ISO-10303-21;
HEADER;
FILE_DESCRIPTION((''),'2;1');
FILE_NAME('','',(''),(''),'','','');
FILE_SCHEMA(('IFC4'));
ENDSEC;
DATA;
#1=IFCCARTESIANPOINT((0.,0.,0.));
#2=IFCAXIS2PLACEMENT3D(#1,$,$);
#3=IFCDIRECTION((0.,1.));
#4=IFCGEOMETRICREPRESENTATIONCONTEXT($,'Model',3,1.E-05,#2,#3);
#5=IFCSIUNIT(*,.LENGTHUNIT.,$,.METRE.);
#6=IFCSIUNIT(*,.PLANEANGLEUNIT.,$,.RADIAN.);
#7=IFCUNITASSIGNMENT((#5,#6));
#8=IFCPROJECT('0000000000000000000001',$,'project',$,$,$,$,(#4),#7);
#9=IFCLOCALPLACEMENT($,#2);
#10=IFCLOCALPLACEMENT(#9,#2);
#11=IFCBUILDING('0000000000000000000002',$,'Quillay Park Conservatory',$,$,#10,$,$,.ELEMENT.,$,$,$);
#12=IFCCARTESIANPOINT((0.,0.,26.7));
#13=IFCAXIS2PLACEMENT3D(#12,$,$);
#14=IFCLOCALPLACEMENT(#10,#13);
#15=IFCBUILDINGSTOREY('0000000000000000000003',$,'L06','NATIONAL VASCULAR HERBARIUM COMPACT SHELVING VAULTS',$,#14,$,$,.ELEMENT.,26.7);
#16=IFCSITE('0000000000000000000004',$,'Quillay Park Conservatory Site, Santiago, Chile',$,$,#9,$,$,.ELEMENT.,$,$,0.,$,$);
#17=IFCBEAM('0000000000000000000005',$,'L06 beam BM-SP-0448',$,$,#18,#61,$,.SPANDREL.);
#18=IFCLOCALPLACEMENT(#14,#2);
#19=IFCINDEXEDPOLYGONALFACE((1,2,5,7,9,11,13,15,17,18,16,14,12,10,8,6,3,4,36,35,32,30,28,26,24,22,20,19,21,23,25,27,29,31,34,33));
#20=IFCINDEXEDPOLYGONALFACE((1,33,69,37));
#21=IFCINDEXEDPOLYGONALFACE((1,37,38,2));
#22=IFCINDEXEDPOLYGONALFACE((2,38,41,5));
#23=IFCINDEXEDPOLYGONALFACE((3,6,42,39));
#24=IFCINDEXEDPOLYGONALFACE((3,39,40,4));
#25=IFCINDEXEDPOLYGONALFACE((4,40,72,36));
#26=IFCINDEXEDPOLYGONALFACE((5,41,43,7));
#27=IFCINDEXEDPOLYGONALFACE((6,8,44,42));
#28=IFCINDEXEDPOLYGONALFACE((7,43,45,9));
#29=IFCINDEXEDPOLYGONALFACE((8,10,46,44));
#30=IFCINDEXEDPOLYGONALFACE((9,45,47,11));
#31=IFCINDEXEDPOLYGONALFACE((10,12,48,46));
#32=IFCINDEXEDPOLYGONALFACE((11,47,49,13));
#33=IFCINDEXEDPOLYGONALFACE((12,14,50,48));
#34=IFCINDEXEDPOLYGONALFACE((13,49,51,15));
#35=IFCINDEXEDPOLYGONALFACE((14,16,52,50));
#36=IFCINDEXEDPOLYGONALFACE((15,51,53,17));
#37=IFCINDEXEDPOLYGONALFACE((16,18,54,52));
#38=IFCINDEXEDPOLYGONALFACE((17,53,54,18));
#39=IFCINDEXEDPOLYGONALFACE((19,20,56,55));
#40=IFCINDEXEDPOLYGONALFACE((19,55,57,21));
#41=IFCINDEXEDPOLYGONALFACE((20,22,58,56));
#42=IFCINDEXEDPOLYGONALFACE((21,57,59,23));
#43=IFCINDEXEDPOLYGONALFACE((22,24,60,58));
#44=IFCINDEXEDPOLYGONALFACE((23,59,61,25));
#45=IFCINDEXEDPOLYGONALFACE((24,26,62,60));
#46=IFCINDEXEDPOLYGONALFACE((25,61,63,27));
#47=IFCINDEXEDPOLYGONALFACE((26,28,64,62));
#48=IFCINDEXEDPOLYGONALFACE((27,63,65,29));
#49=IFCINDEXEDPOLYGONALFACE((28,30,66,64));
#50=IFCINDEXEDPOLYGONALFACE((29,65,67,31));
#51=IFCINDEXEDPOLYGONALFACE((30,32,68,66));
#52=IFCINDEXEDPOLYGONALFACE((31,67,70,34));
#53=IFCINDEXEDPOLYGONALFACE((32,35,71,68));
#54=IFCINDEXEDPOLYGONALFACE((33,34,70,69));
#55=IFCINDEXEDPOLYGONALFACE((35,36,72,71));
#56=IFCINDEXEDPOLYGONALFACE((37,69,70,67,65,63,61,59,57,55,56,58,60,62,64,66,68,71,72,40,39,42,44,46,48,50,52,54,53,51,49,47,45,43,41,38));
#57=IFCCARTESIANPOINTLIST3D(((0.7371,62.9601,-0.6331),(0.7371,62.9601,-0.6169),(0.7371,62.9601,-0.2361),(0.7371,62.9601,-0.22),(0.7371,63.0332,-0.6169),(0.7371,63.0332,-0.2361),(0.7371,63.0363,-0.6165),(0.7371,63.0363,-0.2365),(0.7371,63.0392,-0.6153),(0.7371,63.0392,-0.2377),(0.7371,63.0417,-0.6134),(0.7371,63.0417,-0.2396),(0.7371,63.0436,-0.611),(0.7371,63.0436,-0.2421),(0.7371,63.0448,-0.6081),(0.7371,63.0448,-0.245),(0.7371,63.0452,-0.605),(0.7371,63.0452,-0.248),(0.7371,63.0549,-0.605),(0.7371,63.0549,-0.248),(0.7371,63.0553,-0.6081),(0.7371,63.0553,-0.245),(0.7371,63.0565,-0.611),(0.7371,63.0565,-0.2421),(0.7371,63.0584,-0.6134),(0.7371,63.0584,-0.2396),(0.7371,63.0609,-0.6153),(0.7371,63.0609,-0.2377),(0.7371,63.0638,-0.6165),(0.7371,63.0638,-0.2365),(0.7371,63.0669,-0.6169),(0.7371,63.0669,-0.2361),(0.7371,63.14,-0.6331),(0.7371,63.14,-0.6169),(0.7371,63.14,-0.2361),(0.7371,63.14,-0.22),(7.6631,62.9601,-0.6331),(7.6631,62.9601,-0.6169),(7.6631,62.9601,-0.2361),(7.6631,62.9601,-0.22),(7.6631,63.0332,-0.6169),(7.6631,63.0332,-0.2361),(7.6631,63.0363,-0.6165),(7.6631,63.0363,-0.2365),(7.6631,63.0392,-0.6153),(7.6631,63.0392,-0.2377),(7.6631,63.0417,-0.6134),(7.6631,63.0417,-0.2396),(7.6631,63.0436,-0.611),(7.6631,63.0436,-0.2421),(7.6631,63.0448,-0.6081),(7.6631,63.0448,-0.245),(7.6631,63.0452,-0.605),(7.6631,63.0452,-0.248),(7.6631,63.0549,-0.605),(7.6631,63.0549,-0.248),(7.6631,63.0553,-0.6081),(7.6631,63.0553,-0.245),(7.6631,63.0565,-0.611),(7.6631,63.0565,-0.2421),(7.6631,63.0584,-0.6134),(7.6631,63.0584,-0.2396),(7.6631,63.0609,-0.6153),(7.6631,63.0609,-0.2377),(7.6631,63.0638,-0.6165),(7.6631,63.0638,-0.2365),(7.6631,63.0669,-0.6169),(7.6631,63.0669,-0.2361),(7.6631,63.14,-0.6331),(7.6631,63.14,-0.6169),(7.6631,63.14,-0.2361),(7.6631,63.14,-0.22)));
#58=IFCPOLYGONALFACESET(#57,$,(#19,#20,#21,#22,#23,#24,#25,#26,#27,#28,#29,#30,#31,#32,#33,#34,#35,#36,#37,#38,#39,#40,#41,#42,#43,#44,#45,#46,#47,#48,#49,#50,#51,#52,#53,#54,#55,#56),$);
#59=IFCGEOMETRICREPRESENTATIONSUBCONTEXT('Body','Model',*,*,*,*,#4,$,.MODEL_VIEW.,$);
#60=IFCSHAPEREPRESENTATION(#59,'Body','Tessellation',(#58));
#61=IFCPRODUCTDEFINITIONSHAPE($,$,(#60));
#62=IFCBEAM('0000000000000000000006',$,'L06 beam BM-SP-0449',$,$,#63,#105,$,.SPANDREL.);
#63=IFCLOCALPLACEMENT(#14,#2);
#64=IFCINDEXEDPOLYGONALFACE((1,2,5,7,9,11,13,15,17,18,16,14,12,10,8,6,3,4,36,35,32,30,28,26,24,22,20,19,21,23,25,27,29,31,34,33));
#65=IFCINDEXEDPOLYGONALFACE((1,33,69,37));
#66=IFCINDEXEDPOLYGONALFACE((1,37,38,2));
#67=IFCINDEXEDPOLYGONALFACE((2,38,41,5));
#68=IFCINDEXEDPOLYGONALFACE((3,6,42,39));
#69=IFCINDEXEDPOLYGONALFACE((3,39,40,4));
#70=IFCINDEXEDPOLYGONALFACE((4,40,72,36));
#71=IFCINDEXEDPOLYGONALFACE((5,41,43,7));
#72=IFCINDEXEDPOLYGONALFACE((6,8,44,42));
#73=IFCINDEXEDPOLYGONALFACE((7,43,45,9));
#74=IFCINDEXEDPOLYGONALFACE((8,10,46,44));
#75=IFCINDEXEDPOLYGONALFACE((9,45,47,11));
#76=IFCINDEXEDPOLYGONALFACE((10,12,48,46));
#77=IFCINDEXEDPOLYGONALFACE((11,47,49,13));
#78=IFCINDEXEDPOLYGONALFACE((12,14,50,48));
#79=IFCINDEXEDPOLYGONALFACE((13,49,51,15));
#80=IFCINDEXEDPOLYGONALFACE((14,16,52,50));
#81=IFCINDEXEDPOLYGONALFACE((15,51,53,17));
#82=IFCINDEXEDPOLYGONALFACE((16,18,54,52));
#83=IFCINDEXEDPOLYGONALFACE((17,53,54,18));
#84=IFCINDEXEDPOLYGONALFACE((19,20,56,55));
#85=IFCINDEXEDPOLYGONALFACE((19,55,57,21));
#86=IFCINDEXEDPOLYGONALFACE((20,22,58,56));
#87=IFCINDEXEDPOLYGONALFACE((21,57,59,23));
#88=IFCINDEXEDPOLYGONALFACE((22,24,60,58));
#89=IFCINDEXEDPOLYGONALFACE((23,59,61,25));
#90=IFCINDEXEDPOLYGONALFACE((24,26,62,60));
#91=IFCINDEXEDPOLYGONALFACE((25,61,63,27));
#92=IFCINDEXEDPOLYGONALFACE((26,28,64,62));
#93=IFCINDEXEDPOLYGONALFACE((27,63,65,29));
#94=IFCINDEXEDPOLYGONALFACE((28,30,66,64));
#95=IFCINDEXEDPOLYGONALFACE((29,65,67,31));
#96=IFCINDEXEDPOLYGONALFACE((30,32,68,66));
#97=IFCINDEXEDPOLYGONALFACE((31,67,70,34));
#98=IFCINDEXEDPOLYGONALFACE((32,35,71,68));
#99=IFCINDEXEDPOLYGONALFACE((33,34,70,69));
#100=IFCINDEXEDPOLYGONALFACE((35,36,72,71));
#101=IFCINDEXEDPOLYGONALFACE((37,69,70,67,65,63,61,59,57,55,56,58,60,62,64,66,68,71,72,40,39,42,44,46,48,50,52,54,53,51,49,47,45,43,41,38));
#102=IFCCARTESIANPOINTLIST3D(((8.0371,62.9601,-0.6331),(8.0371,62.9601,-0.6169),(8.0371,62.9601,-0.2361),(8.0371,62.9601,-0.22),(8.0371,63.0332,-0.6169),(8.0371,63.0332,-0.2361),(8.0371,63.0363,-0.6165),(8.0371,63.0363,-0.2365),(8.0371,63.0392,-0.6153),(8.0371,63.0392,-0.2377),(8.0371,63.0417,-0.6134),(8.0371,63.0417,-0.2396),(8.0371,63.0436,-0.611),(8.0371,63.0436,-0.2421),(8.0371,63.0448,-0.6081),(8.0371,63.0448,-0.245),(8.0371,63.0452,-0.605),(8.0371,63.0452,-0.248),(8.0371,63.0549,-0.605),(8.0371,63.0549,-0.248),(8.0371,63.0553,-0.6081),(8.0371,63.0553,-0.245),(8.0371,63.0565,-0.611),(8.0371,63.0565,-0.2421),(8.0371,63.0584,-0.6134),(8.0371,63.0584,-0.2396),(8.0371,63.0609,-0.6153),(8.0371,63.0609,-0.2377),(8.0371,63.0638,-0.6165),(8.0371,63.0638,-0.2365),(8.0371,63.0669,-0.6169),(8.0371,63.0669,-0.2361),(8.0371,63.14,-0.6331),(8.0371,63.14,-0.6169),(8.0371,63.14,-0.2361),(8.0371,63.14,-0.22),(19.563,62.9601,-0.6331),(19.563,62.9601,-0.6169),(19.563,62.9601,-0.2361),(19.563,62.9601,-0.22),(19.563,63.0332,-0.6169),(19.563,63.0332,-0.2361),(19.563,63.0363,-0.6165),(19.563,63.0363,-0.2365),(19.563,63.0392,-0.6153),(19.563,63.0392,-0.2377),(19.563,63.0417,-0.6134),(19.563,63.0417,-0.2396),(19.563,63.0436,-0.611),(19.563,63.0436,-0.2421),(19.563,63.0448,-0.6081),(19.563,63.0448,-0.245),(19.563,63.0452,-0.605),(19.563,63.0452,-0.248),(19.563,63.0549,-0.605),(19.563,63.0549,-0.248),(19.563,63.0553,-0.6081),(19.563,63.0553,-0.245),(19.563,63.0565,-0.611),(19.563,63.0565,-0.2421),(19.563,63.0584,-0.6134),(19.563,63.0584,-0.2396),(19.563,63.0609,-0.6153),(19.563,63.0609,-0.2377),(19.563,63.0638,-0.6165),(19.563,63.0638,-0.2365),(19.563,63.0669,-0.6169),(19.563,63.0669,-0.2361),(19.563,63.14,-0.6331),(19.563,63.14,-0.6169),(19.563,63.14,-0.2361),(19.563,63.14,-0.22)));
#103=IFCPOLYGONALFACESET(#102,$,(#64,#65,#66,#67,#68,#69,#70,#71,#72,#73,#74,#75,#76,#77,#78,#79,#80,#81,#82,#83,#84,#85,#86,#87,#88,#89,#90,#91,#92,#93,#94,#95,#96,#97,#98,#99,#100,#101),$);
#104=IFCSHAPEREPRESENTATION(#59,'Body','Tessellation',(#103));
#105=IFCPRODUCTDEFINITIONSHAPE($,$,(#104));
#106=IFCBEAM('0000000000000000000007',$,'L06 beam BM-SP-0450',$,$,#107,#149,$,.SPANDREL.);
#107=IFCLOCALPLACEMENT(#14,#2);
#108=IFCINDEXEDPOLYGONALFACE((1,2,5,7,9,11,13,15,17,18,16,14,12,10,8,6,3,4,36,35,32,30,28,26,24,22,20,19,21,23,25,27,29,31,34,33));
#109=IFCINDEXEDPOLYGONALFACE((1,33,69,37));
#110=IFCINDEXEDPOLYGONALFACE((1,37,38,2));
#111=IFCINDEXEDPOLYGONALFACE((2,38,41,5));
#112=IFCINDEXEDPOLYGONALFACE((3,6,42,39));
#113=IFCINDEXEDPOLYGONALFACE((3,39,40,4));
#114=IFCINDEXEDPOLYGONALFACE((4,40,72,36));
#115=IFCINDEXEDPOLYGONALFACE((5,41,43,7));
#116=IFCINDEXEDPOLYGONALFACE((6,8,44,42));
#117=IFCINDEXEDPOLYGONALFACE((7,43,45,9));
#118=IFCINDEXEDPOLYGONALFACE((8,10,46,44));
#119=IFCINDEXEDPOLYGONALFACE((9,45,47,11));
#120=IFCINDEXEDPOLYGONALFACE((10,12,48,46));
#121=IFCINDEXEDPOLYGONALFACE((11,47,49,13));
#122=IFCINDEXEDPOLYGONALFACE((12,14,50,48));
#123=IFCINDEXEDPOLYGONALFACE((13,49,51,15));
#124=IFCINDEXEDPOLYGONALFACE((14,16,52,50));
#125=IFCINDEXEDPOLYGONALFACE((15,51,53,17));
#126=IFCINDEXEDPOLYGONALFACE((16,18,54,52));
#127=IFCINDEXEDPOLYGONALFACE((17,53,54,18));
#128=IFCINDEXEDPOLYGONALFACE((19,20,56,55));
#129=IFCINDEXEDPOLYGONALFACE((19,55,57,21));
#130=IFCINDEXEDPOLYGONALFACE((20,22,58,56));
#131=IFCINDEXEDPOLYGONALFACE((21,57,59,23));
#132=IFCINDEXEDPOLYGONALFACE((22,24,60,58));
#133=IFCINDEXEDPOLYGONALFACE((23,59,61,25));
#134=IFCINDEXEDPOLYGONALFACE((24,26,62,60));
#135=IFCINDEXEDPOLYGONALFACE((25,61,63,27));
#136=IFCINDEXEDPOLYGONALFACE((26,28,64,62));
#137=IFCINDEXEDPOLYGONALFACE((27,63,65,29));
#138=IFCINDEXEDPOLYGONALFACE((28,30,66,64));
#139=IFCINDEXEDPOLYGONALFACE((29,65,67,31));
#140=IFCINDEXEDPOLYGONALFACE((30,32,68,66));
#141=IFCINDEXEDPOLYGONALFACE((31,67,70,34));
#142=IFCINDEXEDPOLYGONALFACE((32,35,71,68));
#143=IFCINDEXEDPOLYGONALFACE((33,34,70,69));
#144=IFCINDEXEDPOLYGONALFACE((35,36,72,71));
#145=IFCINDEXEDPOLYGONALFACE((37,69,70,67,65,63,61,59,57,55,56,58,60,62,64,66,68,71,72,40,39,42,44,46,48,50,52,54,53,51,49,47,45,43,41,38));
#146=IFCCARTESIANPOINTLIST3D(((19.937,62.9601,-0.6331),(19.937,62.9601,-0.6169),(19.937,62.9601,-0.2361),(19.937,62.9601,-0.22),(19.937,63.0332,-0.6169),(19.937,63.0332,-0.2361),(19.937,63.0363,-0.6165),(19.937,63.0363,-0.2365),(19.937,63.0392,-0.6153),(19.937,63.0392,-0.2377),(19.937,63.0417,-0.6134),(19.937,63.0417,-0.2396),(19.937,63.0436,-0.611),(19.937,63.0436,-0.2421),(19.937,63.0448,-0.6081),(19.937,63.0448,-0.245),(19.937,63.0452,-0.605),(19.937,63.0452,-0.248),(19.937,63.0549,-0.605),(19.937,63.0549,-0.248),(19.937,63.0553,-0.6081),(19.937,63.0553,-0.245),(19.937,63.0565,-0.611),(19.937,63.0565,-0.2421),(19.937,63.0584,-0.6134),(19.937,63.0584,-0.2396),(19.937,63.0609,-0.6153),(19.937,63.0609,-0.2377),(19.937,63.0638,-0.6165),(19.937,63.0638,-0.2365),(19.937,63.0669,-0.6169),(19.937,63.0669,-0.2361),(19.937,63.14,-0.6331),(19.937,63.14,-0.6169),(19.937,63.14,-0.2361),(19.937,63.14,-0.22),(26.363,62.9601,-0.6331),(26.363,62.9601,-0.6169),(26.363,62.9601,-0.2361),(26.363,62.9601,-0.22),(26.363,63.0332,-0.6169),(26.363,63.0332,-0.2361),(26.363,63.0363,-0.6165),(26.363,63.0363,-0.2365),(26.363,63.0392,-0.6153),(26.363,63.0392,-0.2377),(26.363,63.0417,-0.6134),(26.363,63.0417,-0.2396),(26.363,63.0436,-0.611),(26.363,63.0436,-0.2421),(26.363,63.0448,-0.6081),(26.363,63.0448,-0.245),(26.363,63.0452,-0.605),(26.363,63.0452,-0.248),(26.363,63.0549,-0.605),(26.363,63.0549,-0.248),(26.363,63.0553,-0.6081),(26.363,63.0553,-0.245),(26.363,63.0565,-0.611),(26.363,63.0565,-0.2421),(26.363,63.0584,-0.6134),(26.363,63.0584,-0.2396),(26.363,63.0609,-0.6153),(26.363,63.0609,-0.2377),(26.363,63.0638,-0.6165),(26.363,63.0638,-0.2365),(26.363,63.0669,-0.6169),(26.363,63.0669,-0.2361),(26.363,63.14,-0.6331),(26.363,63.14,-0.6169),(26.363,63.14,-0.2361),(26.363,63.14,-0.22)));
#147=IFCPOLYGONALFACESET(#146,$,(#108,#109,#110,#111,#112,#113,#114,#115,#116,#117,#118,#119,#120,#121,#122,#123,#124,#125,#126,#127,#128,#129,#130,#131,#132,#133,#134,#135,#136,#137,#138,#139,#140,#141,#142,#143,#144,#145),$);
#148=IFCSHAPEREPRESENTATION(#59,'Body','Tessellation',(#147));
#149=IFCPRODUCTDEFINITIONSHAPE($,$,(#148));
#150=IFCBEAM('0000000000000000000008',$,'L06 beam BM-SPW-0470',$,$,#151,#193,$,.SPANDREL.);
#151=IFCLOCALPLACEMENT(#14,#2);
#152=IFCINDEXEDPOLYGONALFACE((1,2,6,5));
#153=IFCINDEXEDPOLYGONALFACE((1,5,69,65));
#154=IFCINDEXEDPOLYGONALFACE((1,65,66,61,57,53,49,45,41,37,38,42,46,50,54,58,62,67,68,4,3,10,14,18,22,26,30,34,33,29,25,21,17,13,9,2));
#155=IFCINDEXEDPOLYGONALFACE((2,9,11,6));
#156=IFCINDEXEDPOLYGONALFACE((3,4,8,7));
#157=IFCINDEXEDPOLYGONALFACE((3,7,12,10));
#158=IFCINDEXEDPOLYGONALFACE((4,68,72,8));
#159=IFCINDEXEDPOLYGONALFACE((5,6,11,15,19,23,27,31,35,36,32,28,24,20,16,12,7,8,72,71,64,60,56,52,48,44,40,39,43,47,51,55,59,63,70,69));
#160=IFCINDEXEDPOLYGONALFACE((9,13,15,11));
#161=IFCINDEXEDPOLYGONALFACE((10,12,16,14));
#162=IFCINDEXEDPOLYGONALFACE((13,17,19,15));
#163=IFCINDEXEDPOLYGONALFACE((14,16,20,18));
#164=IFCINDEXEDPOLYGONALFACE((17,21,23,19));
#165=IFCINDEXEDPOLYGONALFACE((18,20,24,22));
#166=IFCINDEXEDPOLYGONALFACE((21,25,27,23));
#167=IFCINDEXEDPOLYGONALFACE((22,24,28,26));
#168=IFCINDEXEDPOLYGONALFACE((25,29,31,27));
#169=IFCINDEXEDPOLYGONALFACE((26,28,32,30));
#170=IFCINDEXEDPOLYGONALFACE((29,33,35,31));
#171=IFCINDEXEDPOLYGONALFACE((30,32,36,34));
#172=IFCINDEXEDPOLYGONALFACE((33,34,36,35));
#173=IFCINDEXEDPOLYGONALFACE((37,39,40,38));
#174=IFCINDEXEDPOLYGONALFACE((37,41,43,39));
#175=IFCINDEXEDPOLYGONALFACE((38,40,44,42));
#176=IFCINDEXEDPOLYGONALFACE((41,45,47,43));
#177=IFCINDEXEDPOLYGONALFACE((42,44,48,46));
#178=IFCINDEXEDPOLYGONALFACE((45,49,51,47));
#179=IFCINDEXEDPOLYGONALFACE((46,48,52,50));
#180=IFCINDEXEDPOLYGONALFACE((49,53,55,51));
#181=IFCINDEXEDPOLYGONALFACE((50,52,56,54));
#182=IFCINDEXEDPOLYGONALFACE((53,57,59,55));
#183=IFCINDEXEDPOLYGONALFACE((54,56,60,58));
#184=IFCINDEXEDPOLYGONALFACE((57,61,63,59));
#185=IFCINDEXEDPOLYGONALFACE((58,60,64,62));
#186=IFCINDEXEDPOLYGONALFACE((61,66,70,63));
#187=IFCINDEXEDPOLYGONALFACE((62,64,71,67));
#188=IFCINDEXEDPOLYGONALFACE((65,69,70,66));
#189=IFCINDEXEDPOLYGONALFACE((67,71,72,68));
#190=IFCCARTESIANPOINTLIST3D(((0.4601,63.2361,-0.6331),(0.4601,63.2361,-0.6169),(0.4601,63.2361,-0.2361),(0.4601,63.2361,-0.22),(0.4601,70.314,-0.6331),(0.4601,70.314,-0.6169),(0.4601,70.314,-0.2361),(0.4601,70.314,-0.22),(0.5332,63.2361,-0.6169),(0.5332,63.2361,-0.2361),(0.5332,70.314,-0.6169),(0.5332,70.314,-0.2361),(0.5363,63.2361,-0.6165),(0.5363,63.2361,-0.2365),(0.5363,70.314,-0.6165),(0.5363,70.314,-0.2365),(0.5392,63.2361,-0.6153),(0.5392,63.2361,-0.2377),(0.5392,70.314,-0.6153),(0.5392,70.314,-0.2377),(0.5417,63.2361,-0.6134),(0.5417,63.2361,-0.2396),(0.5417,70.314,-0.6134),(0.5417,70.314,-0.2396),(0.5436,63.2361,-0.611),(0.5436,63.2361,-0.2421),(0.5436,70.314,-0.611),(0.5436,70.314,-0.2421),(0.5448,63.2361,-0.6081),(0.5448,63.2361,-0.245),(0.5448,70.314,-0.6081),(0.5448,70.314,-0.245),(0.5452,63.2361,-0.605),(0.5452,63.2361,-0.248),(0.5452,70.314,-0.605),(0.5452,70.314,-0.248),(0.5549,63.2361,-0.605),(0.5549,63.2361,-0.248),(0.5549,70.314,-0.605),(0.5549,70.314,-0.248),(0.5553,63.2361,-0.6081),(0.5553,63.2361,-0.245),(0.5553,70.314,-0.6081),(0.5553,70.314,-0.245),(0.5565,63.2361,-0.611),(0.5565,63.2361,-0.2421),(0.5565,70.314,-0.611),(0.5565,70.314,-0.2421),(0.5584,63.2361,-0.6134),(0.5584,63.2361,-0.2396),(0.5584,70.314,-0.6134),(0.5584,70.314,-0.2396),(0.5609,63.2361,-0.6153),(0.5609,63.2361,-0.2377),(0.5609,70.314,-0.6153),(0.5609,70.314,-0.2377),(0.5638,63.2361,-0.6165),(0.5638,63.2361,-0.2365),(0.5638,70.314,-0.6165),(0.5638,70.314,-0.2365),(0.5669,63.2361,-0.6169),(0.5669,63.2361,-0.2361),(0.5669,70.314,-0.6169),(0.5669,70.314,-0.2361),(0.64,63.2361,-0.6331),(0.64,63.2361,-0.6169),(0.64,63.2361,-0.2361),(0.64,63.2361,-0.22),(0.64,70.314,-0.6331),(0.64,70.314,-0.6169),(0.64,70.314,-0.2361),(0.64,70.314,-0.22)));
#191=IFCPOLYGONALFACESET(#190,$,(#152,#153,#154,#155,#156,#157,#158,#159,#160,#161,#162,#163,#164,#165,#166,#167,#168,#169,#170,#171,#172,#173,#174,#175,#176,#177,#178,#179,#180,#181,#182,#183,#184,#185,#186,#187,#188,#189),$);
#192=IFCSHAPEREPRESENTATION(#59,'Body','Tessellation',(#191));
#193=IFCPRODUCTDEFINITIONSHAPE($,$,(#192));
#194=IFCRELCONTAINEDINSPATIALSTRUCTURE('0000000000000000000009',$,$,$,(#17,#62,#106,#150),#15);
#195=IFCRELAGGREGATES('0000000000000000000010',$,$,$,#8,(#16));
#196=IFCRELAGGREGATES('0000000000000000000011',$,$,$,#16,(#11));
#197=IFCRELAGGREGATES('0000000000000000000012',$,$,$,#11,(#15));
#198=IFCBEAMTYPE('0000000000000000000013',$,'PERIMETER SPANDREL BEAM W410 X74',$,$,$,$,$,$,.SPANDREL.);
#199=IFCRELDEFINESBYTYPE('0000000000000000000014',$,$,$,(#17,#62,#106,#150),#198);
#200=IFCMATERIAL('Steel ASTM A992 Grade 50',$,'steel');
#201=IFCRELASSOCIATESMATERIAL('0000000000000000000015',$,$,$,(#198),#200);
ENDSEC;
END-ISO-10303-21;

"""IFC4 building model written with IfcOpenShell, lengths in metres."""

from ifc_helpers import new_model, si_unit, direction, frame, origin, origin_2d, place, context, subcontext, project, spatial, i_section, extrude, material, material_profile, profile_set, type_object, element, save


model = new_model("IFC4")

# Units and contexts
model_context = context("Model", 3, precision=1e-05, world=origin(), true_north=direction((0.0, 1.0)))
body_context = subcontext(model_context, "Body", "Model", "MODEL_VIEW")
ifc_project = project(units=[si_unit("LENGTHUNIT", "METRE"), si_unit("PLANEANGLEUNIT", "RADIAN")], contexts=[model_context])

# Site, building, storey
site_placement = place(None, origin())
site = spatial("IfcSite", under=ifc_project, at=site_placement, Name="Quillay Park Conservatory Site, Santiago, Chile", CompositionType="ELEMENT", RefElevation=0.0)
building_placement = place(site_placement, origin())
building = spatial("IfcBuilding", under=site, at=building_placement, Name="Quillay Park Conservatory", CompositionType="ELEMENT")
storey_placement = place(building_placement, frame((0.0, 0.0, 26.7)))
storey = spatial("IfcBuildingStorey", under=building, at=storey_placement, Name="L06", Description="NATIONAL VASCULAR HERBARIUM COMPACT SHELVING VAULTS", CompositionType="ELEMENT", Elevation=26.7)

# Beams
ifc_material_1 = material(Name="Steel ASTM A992 Grade 50", Category="steel")
ifc_material_profile_1 = material_profile(ifc_material_1, i_section(OverallWidth=0.1799, OverallDepth=0.4131, WebThickness=0.0098, FlangeThickness=0.0161, FilletRadius=0.012, at=origin_2d()), Name="W410x74")
ifc_profile_set_1 = profile_set([ifc_material_profile_1], Name="Steel ASTM A992 Grade 50")
beam_type_1 = type_object("IfcBeamType", Name="PERIMETER SPANDREL BEAM W410 X74", PredefinedType="SPANDREL", material=ifc_profile_set_1)
beam_1_placement = place(storey_placement, frame((0.7371, 63.05, -0.4265), z_axis=(1.0, 0.0, 0.0), x_axis=(0.0, 1.0, 0.0)))
element("IfcBeam", 1, at=beam_1_placement, inside=storey, type_object=beam_type_1, Name="L06 beam BM-SP-0448", PredefinedType="SPANDREL", context=body_context, shape_type="SweptSolid", body=[
    extrude(i_section(OverallWidth=0.1799, OverallDepth=0.4131, WebThickness=0.0098, FlangeThickness=0.0161, FilletRadius=0.012, at=origin_2d()), origin(), (0.0, 0.0, 1.0), 6.926),
])
beam_2_placement = place(storey_placement, frame((8.0371, 63.05, -0.4265), z_axis=(1.0, 0.0, 0.0), x_axis=(0.0, 1.0, 0.0)))
element("IfcBeam", 2, at=beam_2_placement, inside=storey, type_object=beam_type_1, Name="L06 beam BM-SP-0449", PredefinedType="SPANDREL", context=body_context, shape_type="SweptSolid", body=[
    extrude(i_section(OverallWidth=0.1799, OverallDepth=0.4131, WebThickness=0.0098, FlangeThickness=0.0161, FilletRadius=0.012, at=origin_2d()), origin(), (0.0, 0.0, 1.0), 11.5259),
])
beam_3_placement = place(storey_placement, frame((19.937, 63.05, -0.4265), z_axis=(1.0, 0.0, 0.0), x_axis=(0.0, 1.0, 0.0)))
element("IfcBeam", 3, at=beam_3_placement, inside=storey, type_object=beam_type_1, Name="L06 beam BM-SP-0450", PredefinedType="SPANDREL", context=body_context, shape_type="SweptSolid", body=[
    extrude(i_section(OverallWidth=0.1799, OverallDepth=0.4131, WebThickness=0.0098, FlangeThickness=0.0161, FilletRadius=0.012, at=origin_2d()), origin(), (0.0, 0.0, 1.0), 6.426),
])
beam_4_placement = place(storey_placement, frame((0.55, 63.2361, -0.4265), z_axis=(0.0, 1.0, 0.0), x_axis=(-1.0, 0.0, 0.0)))
element("IfcBeam", 4, at=beam_4_placement, inside=storey, type_object=beam_type_1, Name="L06 beam BM-SPW-0470", PredefinedType="SPANDREL", context=body_context, shape_type="SweptSolid", body=[
    extrude(i_section(OverallWidth=0.1799, OverallDepth=0.4131, WebThickness=0.0098, FlangeThickness=0.0161, FilletRadius=0.012, at=origin_2d()), origin(), (0.0, 0.0, 1.0), 7.0779),
])

save(model, "model.ifc")
